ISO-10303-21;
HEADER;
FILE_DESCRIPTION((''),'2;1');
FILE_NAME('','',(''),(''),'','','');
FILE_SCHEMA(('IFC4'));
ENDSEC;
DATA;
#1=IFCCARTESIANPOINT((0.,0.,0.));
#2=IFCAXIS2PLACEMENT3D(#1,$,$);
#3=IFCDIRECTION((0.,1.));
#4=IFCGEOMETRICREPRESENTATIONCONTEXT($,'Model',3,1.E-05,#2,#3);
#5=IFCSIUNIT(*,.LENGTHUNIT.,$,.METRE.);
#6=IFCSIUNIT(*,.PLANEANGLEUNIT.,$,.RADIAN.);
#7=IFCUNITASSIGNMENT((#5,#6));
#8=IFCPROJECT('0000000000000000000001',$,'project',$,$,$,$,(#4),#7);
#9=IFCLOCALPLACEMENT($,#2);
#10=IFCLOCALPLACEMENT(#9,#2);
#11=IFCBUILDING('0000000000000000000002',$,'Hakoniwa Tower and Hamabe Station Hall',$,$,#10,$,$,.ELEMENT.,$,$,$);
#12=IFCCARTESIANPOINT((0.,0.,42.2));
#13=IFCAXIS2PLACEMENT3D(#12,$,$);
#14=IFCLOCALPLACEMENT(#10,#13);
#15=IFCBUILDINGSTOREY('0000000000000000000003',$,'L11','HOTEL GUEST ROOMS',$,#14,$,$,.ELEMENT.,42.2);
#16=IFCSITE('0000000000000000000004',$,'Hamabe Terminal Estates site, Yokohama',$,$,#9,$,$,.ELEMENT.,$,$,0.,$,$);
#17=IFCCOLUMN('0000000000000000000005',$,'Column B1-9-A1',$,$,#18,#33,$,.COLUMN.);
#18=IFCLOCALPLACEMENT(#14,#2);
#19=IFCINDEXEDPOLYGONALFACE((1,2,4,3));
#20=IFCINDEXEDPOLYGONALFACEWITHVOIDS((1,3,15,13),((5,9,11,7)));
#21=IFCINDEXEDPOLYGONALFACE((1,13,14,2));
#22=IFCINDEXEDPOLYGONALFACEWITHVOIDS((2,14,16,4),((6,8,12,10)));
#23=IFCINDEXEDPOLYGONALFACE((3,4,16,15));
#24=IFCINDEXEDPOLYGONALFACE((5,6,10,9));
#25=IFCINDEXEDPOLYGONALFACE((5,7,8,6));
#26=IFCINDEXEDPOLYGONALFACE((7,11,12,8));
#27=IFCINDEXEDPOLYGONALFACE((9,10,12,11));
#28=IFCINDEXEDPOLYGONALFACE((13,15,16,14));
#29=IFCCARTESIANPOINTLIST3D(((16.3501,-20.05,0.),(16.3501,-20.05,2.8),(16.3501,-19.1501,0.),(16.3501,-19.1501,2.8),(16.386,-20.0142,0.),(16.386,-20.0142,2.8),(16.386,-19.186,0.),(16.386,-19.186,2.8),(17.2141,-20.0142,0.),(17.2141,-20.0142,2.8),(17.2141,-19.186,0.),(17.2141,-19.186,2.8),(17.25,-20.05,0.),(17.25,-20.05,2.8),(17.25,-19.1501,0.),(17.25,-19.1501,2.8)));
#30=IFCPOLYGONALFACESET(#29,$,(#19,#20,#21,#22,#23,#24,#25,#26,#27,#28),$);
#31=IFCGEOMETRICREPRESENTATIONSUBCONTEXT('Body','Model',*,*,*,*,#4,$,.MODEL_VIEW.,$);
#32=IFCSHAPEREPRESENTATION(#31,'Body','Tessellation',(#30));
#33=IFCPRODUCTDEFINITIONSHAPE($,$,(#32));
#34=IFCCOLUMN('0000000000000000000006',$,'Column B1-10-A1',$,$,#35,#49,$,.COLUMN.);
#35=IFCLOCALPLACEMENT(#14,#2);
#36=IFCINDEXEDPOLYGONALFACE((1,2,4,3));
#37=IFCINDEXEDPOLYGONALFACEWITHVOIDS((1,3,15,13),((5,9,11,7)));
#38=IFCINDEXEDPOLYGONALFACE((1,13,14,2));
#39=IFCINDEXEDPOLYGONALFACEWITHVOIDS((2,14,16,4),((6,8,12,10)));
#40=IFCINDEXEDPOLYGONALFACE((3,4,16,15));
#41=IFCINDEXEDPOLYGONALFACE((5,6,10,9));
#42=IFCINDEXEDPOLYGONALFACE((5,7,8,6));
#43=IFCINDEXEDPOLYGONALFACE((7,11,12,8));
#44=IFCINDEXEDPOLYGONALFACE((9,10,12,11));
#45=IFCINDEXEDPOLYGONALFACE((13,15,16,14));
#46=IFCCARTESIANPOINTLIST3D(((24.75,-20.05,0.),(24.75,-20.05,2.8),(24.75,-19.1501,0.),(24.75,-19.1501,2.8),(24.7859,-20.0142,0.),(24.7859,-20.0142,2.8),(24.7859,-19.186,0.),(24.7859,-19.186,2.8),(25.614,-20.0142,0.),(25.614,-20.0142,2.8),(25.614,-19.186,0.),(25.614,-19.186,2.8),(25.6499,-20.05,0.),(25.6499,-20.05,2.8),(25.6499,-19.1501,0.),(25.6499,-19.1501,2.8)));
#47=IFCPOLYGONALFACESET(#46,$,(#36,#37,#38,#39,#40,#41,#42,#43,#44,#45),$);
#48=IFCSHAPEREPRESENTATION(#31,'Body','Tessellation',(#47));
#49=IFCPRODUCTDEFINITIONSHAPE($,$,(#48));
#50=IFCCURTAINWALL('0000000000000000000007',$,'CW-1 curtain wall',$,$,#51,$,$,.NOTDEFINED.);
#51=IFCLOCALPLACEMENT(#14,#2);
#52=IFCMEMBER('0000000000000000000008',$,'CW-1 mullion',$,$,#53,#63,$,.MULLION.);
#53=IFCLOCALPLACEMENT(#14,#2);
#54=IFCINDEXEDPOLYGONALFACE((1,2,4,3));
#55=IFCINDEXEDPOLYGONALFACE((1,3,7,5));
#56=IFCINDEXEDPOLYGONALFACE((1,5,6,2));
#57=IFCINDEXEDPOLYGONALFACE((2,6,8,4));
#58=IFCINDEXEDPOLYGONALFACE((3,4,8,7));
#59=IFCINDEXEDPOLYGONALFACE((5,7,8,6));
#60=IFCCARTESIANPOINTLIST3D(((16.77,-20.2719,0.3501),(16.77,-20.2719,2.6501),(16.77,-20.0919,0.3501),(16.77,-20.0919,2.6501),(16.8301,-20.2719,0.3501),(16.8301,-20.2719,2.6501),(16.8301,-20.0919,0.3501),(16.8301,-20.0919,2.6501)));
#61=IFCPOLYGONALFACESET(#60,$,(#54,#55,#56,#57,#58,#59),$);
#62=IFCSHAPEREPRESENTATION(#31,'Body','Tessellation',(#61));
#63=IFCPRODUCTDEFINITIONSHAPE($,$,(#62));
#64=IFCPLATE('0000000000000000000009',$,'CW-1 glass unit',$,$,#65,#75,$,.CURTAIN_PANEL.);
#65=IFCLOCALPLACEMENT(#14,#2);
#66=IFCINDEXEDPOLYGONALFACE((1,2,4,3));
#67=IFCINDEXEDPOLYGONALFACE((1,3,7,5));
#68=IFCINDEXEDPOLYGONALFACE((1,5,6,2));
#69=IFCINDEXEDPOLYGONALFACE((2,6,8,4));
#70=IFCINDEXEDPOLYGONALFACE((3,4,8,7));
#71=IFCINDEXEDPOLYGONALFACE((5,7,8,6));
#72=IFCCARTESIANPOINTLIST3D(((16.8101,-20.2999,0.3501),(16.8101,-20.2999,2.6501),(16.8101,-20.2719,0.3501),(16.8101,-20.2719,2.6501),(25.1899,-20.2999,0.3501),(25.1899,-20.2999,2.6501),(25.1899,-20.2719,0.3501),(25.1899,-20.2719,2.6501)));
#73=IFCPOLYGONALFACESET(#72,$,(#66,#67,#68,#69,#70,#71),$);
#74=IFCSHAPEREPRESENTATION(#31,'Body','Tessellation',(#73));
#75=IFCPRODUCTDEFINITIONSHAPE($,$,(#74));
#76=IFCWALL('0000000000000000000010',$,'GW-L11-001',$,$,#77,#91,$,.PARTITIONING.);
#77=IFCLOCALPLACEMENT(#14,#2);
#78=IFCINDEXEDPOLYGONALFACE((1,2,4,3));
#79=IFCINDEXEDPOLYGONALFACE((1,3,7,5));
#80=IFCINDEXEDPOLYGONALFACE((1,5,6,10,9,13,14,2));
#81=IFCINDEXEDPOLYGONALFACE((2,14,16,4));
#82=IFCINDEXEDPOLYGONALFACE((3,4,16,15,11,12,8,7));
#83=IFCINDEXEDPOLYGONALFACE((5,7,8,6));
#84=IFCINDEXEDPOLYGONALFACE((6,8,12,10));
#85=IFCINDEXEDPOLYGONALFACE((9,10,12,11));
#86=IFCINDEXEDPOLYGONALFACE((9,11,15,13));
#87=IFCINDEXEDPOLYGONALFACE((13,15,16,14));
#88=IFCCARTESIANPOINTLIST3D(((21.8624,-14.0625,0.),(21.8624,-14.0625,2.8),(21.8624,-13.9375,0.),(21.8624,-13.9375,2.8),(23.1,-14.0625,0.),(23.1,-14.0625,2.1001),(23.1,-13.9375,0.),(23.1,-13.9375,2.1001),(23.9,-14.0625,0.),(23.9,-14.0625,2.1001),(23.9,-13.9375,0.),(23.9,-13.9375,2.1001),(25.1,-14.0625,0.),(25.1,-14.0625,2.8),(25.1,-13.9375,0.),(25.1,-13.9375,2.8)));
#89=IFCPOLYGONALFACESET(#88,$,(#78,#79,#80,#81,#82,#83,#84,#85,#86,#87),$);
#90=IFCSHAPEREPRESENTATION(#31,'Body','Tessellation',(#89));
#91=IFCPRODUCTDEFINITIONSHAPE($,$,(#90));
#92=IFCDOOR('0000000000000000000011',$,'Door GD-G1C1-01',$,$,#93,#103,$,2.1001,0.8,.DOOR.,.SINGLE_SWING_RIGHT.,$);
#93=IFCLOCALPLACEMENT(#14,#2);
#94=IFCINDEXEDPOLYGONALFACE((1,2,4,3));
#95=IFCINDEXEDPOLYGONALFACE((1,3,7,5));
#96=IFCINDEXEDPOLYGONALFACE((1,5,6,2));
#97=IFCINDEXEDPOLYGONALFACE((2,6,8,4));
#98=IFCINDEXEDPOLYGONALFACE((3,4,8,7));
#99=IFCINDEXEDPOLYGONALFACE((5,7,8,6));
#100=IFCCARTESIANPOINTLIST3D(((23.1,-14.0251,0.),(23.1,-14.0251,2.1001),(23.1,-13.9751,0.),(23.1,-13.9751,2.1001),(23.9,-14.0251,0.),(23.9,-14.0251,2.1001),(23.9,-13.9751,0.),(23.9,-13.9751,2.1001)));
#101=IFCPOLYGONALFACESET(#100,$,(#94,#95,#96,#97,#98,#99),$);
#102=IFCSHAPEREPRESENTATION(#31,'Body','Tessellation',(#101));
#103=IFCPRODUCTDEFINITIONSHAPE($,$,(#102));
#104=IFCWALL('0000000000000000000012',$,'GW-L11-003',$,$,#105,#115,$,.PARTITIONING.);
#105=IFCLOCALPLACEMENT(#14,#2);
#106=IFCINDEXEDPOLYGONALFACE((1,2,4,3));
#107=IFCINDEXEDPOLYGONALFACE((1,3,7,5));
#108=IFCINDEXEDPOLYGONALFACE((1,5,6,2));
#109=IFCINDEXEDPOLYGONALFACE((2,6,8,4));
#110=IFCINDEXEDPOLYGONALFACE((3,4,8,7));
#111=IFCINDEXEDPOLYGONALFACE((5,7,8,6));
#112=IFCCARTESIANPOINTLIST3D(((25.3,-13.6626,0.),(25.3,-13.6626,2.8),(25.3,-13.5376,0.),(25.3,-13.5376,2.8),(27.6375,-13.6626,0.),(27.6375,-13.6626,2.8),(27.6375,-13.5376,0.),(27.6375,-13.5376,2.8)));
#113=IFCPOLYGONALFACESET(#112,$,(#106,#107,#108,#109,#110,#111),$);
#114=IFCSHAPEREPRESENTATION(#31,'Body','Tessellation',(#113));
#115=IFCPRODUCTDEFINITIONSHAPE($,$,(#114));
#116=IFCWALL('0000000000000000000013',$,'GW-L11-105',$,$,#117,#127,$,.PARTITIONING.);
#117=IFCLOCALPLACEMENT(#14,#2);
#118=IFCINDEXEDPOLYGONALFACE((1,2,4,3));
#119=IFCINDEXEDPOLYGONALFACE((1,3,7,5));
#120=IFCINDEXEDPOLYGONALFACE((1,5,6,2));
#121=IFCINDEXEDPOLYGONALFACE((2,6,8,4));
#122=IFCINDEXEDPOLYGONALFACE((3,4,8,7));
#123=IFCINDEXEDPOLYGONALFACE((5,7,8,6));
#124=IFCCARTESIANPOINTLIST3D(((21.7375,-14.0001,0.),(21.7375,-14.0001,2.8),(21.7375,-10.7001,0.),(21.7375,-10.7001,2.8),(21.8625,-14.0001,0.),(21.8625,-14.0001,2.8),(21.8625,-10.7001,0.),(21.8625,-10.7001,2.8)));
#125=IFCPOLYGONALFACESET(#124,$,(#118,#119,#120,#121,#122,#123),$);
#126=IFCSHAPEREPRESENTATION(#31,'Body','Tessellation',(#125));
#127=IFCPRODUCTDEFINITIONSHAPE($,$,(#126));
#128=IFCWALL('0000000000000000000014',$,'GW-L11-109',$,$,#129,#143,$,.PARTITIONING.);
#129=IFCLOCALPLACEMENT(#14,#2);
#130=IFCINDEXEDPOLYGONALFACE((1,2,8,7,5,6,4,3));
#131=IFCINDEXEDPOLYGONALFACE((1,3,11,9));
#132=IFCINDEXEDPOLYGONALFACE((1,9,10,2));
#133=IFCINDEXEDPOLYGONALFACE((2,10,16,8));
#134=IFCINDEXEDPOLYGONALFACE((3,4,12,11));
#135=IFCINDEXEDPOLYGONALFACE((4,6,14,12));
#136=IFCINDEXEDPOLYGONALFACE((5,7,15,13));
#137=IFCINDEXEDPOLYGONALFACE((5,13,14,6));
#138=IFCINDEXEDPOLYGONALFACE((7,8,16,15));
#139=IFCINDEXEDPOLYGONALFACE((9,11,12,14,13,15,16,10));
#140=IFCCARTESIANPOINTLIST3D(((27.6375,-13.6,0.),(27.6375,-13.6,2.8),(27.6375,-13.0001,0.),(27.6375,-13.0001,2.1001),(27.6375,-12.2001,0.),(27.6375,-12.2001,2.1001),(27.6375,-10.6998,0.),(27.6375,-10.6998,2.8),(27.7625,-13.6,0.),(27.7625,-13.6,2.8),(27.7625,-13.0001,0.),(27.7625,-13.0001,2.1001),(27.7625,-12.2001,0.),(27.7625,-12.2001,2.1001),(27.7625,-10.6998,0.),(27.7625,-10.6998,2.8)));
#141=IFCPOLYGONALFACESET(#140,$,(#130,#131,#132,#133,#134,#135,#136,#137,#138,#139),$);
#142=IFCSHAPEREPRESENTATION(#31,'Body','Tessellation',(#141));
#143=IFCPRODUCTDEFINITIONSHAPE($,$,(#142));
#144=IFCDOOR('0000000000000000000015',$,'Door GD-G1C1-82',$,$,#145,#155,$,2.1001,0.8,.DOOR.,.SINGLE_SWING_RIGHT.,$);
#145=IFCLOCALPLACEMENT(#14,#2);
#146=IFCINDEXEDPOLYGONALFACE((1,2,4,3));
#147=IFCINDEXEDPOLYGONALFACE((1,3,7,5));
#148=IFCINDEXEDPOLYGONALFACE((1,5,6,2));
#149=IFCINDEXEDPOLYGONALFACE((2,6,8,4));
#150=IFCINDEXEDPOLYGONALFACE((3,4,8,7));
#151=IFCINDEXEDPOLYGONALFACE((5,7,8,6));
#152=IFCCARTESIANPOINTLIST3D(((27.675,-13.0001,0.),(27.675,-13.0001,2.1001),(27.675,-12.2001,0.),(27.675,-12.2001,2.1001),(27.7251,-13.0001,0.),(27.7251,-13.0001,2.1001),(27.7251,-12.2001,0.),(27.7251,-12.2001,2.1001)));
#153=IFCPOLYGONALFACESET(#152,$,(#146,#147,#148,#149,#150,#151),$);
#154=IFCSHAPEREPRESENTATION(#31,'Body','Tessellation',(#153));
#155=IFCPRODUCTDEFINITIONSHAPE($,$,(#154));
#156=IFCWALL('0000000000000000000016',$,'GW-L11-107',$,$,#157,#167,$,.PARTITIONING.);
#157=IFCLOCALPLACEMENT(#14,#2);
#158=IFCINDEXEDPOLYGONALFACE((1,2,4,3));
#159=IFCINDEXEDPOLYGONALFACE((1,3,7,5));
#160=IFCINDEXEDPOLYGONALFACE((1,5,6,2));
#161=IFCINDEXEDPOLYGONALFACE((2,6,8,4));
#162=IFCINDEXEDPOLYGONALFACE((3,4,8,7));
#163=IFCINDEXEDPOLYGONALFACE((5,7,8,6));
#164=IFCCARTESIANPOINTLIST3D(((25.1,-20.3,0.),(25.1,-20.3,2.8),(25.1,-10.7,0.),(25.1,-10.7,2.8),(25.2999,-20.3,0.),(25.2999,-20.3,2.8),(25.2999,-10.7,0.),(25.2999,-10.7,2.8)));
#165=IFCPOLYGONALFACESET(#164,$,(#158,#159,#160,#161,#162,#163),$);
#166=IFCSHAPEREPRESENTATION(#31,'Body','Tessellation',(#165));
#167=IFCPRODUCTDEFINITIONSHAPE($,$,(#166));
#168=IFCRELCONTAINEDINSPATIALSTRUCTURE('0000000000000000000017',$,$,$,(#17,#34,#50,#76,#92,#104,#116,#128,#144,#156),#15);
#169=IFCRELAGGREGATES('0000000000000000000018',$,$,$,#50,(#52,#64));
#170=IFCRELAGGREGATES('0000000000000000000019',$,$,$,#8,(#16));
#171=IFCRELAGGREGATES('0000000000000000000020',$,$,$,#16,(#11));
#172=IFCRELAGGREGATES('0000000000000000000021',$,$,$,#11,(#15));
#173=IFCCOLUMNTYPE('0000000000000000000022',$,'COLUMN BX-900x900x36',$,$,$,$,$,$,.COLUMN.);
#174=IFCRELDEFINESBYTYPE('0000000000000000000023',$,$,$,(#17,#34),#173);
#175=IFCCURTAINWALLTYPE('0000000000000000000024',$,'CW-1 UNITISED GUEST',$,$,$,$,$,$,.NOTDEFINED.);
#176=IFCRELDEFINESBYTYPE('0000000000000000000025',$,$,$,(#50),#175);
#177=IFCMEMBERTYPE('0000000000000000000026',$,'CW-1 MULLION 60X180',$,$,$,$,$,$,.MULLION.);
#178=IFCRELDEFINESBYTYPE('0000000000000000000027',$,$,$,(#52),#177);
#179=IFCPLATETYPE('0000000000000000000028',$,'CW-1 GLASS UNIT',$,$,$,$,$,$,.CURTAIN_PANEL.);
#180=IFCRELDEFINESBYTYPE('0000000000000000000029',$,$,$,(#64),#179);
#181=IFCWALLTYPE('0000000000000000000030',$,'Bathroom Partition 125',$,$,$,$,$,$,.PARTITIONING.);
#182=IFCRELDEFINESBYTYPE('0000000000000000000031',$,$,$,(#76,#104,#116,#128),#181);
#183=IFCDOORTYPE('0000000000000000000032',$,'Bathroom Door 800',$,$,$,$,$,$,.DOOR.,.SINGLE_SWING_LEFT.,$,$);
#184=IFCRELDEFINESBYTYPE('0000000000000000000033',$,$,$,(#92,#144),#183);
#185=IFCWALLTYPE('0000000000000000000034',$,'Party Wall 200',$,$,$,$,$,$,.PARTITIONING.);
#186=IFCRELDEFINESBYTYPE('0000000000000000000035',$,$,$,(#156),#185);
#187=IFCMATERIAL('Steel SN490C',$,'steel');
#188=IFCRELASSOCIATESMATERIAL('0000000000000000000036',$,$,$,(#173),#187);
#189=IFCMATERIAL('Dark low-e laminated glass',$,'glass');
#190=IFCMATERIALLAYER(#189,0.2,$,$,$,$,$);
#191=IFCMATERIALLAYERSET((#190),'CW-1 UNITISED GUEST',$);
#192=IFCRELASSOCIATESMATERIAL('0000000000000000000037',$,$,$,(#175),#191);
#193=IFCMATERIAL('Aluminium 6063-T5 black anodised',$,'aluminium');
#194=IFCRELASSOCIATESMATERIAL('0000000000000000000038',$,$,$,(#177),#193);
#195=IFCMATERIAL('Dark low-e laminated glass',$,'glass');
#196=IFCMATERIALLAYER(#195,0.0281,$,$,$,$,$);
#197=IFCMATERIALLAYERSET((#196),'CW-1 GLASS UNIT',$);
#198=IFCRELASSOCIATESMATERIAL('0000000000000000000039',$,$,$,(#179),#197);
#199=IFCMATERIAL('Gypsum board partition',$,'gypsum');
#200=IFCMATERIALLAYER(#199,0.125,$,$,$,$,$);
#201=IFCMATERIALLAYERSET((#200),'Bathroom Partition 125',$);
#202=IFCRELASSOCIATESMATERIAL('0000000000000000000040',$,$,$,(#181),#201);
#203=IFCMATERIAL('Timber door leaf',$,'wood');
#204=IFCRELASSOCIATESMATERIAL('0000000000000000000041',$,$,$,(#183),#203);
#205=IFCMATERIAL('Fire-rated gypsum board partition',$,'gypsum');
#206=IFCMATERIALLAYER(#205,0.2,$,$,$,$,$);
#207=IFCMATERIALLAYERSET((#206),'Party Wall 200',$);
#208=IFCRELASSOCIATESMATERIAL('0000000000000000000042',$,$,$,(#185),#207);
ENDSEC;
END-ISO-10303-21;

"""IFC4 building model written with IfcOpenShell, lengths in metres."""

from ifc_helpers import new_model, si_unit, direction, frame, frame_2d, origin, origin_2d, place, context, subcontext, project, spatial, rectangle, hollow_rectangle, extrude, material, layer, layer_set, material_profile, profile_set, type_object, element, fill, aggregate, save


model = new_model("IFC4")

# Units and contexts
model_context = context("Model", 3, precision=1e-05, world=origin(), true_north=direction((0.0, 1.0)))
body_context = subcontext(model_context, "Body", "Model", "MODEL_VIEW")
ifc_project = project(units=[si_unit("LENGTHUNIT", "METRE"), si_unit("PLANEANGLEUNIT", "RADIAN")], contexts=[model_context])

# Site, building, storey
site_placement = place(None, origin())
site = spatial("IfcSite", under=ifc_project, at=site_placement, Name="Hamabe Terminal Estates site, Yokohama", CompositionType="ELEMENT", RefElevation=0.0)
building_placement = place(site_placement, origin())
building = spatial("IfcBuilding", under=site, at=building_placement, Name="Hakoniwa Tower and Hamabe Station Hall", CompositionType="ELEMENT")
storey_placement = place(building_placement, frame((0.0, 0.0, 42.2)))
storey = spatial("IfcBuildingStorey", under=building, at=storey_placement, Name="L11", Description="HOTEL GUEST ROOMS", CompositionType="ELEMENT", Elevation=42.2)

# Columns
ifc_material_1 = material(Name="Steel SN490C", Category="steel")
ifc_material_profile_1 = material_profile(ifc_material_1, hollow_rectangle(XDim=0.8999, YDim=0.8999, WallThickness=0.0359, at=origin_2d()), Name="BX-900x900x36")
ifc_profile_set_1 = profile_set([ifc_material_profile_1], Name="Steel SN490C")
column_type = type_object("IfcColumnType", Name="COLUMN BX-900x900x36", PredefinedType="COLUMN", material=ifc_profile_set_1)
for number, where, z_axis, x_axis, name in (
    (1, (16.8, -19.6001, 0.0), (0.0, 0.0, 1.0), (1.0, 0.0, 0.0), "Column B1-9-A1"),
    (2, (25.2, -19.6001, 0.0), (0.0, 0.0, 1.0), (1.0, 0.0, 0.0), "Column B1-10-A1"),
):
    element("IfcColumn", number, at=place(storey_placement, frame(where, z_axis=z_axis, x_axis=x_axis)), inside=storey, type_object=column_type, Name=name, PredefinedType="COLUMN", context=body_context, shape_type="SweptSolid", body=[
        extrude(hollow_rectangle(XDim=0.8999, YDim=0.8999, WallThickness=0.0359, at=origin_2d()), origin(), (0.0, 0.0, 1.0), 2.8),
    ])

# Curtain wall, member, plate
ifc_material_2 = material(Name="Dark low-e laminated glass", Category="glass")
ifc_layer_1 = layer(ifc_material_2, 0.2)
ifc_layer_set_1 = layer_set([ifc_layer_1], Name="CW-1 UNITISED GUEST")
curtain_wall_type = type_object("IfcCurtainWallType", Name="CW-1 UNITISED GUEST", PredefinedType="NOTDEFINED", material=ifc_layer_set_1)
curtain_wall_placement = place(storey_placement, origin())
curtain_wall = element("IfcCurtainWall", 3, at=curtain_wall_placement, inside=storey, type_object=curtain_wall_type, Name="CW-1 curtain wall", PredefinedType="NOTDEFINED")
ifc_material_3 = material(Name="Aluminium 6063-T5 black anodised", Category="aluminium")
ifc_material_profile_2 = material_profile(ifc_material_3, rectangle(XDim=0.0601, YDim=0.1799, at=origin_2d()), Name="CW-1 MULLION 60X180")
ifc_profile_set_2 = profile_set([ifc_material_profile_2], Name="Aluminium 6063-T5 black anodised")
member_type = type_object("IfcMemberType", Name="CW-1 MULLION 60X180", PredefinedType="MULLION", material=ifc_profile_set_2)
member_placement = place(storey_placement, frame((16.8, -20.1819, 0.3501), z_axis=(0.0, 0.0, 1.0), x_axis=(1.0, 0.0, 0.0)))
member = element("IfcMember", 4, at=member_placement, type_object=member_type, Name="CW-1 mullion", PredefinedType="MULLION", context=body_context, shape_type="SweptSolid", body=[
    extrude(rectangle(XDim=0.0601, YDim=0.1799, at=origin_2d()), origin(), (0.0, 0.0, 1.0), 2.3),
])
ifc_material_4 = material(Name="Dark low-e laminated glass", Category="glass")
ifc_layer_2 = layer(ifc_material_4, 0.0281)
ifc_layer_set_2 = layer_set([ifc_layer_2], Name="CW-1 GLASS UNIT")
plate_type = type_object("IfcPlateType", Name="CW-1 GLASS UNIT", PredefinedType="CURTAIN_PANEL", material=ifc_layer_set_2)
plate_placement = place(storey_placement, frame((21.0, -20.2859, 0.3501), z_axis=(0.0, 0.0, 1.0), x_axis=(1.0, 0.0, 0.0)))
plate = element("IfcPlate", 5, at=plate_placement, type_object=plate_type, Name="CW-1 glass unit", PredefinedType="CURTAIN_PANEL", context=body_context, shape_type="SweptSolid", body=[
    extrude(rectangle(XDim=8.3799, YDim=0.0281, at=origin_2d()), origin(), (0.0, 0.0, 1.0), 2.3),
])
aggregate(curtain_wall, [member, plate])

# Wall, opening, door
ifc_material_5 = material(Name="Gypsum board partition", Category="gypsum")
ifc_layer_3 = layer(ifc_material_5, 0.125)
ifc_layer_set_3 = layer_set([ifc_layer_3], Name="Bathroom Partition 125")
wall_type_1 = type_object("IfcWallType", Name="Bathroom Partition 125", PredefinedType="PARTITIONING", material=ifc_layer_set_3)
wall_1_placement = place(storey_placement, frame((21.8625, -14.0, 0.0), z_axis=(0.0, 0.0, 1.0), x_axis=(1.0, 0.0, 0.0)))
wall_1 = element("IfcWall", 6, at=wall_1_placement, inside=storey, type_object=wall_type_1, Name="GW-L11-001", PredefinedType="PARTITIONING", context=body_context, shape_type="SweptSolid", body=[
    extrude(rectangle(XDim=3.2375, YDim=0.125, at=frame_2d((1.6187, 0.0))), origin(), (0.0, 0.0, 1.0), 2.8),
])
opening_1_placement = place(wall_1_placement, frame((1.2375, 0.0, 0.0)))
opening_1 = element("IfcOpeningElement", 7, at=opening_1_placement, cuts=wall_1, PredefinedType="OPENING", context=body_context, shape_type="SweptSolid", body=[
    extrude(rectangle(XDim=0.8, YDim=2.1001, at=frame_2d((0.3999, 1.05))), frame((0.0, 0.0725, 0.0), z_axis=(0.0, -1.0, 0.0), x_axis=(1.0, 0.0, 0.0)), (0.0, 0.0, 1.0), 0.145),
])
ifc_material_6 = material(Name="Timber door leaf", Category="wood")
door_type = type_object("IfcDoorType", Name="Bathroom Door 800", OperationType="SINGLE_SWING_LEFT", PredefinedType="DOOR", material=ifc_material_6)
door_1_placement = place(opening_1_placement, origin())
door_1 = element("IfcDoor", 8, at=door_1_placement, inside=storey, type_object=door_type, Name="Door GD-G1C1-01", OperationType="SINGLE_SWING_RIGHT", OverallHeight=2.1001, OverallWidth=0.8, PredefinedType="DOOR", context=body_context, shape_type="SweptSolid", body=[
    extrude(rectangle(XDim=0.8, YDim=2.1001, at=frame_2d((0.3999, 1.05))), frame((0.0, 0.0249, 0.0), z_axis=(0.0, -1.0, 0.0), x_axis=(1.0, 0.0, 0.0)), (0.0, 0.0, 1.0), 0.05),
])
fill(opening_1, door_1)

# Walls
wall_2_placement = place(storey_placement, frame((25.3, -13.6001, 0.0), z_axis=(0.0, 0.0, 1.0), x_axis=(1.0, 0.0, 0.0)))
element("IfcWall", 9, at=wall_2_placement, inside=storey, type_object=wall_type_1, Name="GW-L11-003", PredefinedType="PARTITIONING", context=body_context, shape_type="SweptSolid", body=[
    extrude(rectangle(XDim=2.3374, YDim=0.125, at=frame_2d((1.1687, 0.0))), origin(), (0.0, 0.0, 1.0), 2.8),
])
wall_3_placement = place(storey_placement, frame((21.8, -14.0, 0.0), z_axis=(0.0, 0.0, 1.0), x_axis=(0.0, 1.0, 0.0)))
element("IfcWall", 10, at=wall_3_placement, inside=storey, type_object=wall_type_1, Name="GW-L11-105", PredefinedType="PARTITIONING", context=body_context, shape_type="SweptSolid", body=[
    extrude(rectangle(XDim=3.3, YDim=0.125, at=frame_2d((1.6499, 0.0))), origin(), (0.0, 0.0, 1.0), 2.8),
])

# Wall, opening, door
wall_4_placement = place(storey_placement, frame((27.7, -13.6001, 0.0), z_axis=(0.0, 0.0, 1.0), x_axis=(0.0, 1.0, 0.0)))
wall_4 = element("IfcWall", 11, at=wall_4_placement, inside=storey, type_object=wall_type_1, Name="GW-L11-109", PredefinedType="PARTITIONING", context=body_context, shape_type="SweptSolid", body=[
    extrude(rectangle(XDim=2.9001, YDim=0.125, at=frame_2d((1.4502, 0.0))), origin(), (0.0, 0.0, 1.0), 2.8),
])
opening_2_placement = place(wall_4_placement, frame((0.6001, 0.0, 0.0)))
opening_2 = element("IfcOpeningElement", 12, at=opening_2_placement, cuts=wall_4, PredefinedType="OPENING", context=body_context, shape_type="SweptSolid", body=[
    extrude(rectangle(XDim=0.8, YDim=2.1001, at=frame_2d((0.3999, 1.05))), frame((0.0, 0.0725, 0.0), z_axis=(0.0, -1.0, 0.0), x_axis=(1.0, 0.0, 0.0)), (0.0, 0.0, 1.0), 0.145),
])
door_2_placement = place(opening_2_placement, origin())
door_2 = element("IfcDoor", 13, at=door_2_placement, inside=storey, type_object=door_type, Name="Door GD-G1C1-82", OperationType="SINGLE_SWING_RIGHT", OverallHeight=2.1001, OverallWidth=0.8, PredefinedType="DOOR", context=body_context, shape_type="SweptSolid", body=[
    extrude(rectangle(XDim=0.8, YDim=2.1001, at=frame_2d((0.3999, 1.05))), frame((0.0, 0.0249, 0.0), z_axis=(0.0, -1.0, 0.0), x_axis=(1.0, 0.0, 0.0)), (0.0, 0.0, 1.0), 0.05),
])
fill(opening_2, door_2)

# Wall
ifc_material_7 = material(Name="Fire-rated gypsum board partition", Category="gypsum")
ifc_layer_4 = layer(ifc_material_7, 0.2)
ifc_layer_set_4 = layer_set([ifc_layer_4], Name="Party Wall 200")
wall_type_2 = type_object("IfcWallType", Name="Party Wall 200", PredefinedType="PARTITIONING", material=ifc_layer_set_4)
wall_5_placement = place(storey_placement, frame((25.2, -20.3, 0.0), z_axis=(0.0, 0.0, 1.0), x_axis=(0.0, 1.0, 0.0)))
element("IfcWall", 14, at=wall_5_placement, inside=storey, type_object=wall_type_2, Name="GW-L11-107", PredefinedType="PARTITIONING", context=body_context, shape_type="SweptSolid", body=[
    extrude(rectangle(XDim=9.6001, YDim=0.2, at=frame_2d((4.8, 0.0))), origin(), (0.0, 0.0, 1.0), 2.8),
])

save(model, "model.ifc")
